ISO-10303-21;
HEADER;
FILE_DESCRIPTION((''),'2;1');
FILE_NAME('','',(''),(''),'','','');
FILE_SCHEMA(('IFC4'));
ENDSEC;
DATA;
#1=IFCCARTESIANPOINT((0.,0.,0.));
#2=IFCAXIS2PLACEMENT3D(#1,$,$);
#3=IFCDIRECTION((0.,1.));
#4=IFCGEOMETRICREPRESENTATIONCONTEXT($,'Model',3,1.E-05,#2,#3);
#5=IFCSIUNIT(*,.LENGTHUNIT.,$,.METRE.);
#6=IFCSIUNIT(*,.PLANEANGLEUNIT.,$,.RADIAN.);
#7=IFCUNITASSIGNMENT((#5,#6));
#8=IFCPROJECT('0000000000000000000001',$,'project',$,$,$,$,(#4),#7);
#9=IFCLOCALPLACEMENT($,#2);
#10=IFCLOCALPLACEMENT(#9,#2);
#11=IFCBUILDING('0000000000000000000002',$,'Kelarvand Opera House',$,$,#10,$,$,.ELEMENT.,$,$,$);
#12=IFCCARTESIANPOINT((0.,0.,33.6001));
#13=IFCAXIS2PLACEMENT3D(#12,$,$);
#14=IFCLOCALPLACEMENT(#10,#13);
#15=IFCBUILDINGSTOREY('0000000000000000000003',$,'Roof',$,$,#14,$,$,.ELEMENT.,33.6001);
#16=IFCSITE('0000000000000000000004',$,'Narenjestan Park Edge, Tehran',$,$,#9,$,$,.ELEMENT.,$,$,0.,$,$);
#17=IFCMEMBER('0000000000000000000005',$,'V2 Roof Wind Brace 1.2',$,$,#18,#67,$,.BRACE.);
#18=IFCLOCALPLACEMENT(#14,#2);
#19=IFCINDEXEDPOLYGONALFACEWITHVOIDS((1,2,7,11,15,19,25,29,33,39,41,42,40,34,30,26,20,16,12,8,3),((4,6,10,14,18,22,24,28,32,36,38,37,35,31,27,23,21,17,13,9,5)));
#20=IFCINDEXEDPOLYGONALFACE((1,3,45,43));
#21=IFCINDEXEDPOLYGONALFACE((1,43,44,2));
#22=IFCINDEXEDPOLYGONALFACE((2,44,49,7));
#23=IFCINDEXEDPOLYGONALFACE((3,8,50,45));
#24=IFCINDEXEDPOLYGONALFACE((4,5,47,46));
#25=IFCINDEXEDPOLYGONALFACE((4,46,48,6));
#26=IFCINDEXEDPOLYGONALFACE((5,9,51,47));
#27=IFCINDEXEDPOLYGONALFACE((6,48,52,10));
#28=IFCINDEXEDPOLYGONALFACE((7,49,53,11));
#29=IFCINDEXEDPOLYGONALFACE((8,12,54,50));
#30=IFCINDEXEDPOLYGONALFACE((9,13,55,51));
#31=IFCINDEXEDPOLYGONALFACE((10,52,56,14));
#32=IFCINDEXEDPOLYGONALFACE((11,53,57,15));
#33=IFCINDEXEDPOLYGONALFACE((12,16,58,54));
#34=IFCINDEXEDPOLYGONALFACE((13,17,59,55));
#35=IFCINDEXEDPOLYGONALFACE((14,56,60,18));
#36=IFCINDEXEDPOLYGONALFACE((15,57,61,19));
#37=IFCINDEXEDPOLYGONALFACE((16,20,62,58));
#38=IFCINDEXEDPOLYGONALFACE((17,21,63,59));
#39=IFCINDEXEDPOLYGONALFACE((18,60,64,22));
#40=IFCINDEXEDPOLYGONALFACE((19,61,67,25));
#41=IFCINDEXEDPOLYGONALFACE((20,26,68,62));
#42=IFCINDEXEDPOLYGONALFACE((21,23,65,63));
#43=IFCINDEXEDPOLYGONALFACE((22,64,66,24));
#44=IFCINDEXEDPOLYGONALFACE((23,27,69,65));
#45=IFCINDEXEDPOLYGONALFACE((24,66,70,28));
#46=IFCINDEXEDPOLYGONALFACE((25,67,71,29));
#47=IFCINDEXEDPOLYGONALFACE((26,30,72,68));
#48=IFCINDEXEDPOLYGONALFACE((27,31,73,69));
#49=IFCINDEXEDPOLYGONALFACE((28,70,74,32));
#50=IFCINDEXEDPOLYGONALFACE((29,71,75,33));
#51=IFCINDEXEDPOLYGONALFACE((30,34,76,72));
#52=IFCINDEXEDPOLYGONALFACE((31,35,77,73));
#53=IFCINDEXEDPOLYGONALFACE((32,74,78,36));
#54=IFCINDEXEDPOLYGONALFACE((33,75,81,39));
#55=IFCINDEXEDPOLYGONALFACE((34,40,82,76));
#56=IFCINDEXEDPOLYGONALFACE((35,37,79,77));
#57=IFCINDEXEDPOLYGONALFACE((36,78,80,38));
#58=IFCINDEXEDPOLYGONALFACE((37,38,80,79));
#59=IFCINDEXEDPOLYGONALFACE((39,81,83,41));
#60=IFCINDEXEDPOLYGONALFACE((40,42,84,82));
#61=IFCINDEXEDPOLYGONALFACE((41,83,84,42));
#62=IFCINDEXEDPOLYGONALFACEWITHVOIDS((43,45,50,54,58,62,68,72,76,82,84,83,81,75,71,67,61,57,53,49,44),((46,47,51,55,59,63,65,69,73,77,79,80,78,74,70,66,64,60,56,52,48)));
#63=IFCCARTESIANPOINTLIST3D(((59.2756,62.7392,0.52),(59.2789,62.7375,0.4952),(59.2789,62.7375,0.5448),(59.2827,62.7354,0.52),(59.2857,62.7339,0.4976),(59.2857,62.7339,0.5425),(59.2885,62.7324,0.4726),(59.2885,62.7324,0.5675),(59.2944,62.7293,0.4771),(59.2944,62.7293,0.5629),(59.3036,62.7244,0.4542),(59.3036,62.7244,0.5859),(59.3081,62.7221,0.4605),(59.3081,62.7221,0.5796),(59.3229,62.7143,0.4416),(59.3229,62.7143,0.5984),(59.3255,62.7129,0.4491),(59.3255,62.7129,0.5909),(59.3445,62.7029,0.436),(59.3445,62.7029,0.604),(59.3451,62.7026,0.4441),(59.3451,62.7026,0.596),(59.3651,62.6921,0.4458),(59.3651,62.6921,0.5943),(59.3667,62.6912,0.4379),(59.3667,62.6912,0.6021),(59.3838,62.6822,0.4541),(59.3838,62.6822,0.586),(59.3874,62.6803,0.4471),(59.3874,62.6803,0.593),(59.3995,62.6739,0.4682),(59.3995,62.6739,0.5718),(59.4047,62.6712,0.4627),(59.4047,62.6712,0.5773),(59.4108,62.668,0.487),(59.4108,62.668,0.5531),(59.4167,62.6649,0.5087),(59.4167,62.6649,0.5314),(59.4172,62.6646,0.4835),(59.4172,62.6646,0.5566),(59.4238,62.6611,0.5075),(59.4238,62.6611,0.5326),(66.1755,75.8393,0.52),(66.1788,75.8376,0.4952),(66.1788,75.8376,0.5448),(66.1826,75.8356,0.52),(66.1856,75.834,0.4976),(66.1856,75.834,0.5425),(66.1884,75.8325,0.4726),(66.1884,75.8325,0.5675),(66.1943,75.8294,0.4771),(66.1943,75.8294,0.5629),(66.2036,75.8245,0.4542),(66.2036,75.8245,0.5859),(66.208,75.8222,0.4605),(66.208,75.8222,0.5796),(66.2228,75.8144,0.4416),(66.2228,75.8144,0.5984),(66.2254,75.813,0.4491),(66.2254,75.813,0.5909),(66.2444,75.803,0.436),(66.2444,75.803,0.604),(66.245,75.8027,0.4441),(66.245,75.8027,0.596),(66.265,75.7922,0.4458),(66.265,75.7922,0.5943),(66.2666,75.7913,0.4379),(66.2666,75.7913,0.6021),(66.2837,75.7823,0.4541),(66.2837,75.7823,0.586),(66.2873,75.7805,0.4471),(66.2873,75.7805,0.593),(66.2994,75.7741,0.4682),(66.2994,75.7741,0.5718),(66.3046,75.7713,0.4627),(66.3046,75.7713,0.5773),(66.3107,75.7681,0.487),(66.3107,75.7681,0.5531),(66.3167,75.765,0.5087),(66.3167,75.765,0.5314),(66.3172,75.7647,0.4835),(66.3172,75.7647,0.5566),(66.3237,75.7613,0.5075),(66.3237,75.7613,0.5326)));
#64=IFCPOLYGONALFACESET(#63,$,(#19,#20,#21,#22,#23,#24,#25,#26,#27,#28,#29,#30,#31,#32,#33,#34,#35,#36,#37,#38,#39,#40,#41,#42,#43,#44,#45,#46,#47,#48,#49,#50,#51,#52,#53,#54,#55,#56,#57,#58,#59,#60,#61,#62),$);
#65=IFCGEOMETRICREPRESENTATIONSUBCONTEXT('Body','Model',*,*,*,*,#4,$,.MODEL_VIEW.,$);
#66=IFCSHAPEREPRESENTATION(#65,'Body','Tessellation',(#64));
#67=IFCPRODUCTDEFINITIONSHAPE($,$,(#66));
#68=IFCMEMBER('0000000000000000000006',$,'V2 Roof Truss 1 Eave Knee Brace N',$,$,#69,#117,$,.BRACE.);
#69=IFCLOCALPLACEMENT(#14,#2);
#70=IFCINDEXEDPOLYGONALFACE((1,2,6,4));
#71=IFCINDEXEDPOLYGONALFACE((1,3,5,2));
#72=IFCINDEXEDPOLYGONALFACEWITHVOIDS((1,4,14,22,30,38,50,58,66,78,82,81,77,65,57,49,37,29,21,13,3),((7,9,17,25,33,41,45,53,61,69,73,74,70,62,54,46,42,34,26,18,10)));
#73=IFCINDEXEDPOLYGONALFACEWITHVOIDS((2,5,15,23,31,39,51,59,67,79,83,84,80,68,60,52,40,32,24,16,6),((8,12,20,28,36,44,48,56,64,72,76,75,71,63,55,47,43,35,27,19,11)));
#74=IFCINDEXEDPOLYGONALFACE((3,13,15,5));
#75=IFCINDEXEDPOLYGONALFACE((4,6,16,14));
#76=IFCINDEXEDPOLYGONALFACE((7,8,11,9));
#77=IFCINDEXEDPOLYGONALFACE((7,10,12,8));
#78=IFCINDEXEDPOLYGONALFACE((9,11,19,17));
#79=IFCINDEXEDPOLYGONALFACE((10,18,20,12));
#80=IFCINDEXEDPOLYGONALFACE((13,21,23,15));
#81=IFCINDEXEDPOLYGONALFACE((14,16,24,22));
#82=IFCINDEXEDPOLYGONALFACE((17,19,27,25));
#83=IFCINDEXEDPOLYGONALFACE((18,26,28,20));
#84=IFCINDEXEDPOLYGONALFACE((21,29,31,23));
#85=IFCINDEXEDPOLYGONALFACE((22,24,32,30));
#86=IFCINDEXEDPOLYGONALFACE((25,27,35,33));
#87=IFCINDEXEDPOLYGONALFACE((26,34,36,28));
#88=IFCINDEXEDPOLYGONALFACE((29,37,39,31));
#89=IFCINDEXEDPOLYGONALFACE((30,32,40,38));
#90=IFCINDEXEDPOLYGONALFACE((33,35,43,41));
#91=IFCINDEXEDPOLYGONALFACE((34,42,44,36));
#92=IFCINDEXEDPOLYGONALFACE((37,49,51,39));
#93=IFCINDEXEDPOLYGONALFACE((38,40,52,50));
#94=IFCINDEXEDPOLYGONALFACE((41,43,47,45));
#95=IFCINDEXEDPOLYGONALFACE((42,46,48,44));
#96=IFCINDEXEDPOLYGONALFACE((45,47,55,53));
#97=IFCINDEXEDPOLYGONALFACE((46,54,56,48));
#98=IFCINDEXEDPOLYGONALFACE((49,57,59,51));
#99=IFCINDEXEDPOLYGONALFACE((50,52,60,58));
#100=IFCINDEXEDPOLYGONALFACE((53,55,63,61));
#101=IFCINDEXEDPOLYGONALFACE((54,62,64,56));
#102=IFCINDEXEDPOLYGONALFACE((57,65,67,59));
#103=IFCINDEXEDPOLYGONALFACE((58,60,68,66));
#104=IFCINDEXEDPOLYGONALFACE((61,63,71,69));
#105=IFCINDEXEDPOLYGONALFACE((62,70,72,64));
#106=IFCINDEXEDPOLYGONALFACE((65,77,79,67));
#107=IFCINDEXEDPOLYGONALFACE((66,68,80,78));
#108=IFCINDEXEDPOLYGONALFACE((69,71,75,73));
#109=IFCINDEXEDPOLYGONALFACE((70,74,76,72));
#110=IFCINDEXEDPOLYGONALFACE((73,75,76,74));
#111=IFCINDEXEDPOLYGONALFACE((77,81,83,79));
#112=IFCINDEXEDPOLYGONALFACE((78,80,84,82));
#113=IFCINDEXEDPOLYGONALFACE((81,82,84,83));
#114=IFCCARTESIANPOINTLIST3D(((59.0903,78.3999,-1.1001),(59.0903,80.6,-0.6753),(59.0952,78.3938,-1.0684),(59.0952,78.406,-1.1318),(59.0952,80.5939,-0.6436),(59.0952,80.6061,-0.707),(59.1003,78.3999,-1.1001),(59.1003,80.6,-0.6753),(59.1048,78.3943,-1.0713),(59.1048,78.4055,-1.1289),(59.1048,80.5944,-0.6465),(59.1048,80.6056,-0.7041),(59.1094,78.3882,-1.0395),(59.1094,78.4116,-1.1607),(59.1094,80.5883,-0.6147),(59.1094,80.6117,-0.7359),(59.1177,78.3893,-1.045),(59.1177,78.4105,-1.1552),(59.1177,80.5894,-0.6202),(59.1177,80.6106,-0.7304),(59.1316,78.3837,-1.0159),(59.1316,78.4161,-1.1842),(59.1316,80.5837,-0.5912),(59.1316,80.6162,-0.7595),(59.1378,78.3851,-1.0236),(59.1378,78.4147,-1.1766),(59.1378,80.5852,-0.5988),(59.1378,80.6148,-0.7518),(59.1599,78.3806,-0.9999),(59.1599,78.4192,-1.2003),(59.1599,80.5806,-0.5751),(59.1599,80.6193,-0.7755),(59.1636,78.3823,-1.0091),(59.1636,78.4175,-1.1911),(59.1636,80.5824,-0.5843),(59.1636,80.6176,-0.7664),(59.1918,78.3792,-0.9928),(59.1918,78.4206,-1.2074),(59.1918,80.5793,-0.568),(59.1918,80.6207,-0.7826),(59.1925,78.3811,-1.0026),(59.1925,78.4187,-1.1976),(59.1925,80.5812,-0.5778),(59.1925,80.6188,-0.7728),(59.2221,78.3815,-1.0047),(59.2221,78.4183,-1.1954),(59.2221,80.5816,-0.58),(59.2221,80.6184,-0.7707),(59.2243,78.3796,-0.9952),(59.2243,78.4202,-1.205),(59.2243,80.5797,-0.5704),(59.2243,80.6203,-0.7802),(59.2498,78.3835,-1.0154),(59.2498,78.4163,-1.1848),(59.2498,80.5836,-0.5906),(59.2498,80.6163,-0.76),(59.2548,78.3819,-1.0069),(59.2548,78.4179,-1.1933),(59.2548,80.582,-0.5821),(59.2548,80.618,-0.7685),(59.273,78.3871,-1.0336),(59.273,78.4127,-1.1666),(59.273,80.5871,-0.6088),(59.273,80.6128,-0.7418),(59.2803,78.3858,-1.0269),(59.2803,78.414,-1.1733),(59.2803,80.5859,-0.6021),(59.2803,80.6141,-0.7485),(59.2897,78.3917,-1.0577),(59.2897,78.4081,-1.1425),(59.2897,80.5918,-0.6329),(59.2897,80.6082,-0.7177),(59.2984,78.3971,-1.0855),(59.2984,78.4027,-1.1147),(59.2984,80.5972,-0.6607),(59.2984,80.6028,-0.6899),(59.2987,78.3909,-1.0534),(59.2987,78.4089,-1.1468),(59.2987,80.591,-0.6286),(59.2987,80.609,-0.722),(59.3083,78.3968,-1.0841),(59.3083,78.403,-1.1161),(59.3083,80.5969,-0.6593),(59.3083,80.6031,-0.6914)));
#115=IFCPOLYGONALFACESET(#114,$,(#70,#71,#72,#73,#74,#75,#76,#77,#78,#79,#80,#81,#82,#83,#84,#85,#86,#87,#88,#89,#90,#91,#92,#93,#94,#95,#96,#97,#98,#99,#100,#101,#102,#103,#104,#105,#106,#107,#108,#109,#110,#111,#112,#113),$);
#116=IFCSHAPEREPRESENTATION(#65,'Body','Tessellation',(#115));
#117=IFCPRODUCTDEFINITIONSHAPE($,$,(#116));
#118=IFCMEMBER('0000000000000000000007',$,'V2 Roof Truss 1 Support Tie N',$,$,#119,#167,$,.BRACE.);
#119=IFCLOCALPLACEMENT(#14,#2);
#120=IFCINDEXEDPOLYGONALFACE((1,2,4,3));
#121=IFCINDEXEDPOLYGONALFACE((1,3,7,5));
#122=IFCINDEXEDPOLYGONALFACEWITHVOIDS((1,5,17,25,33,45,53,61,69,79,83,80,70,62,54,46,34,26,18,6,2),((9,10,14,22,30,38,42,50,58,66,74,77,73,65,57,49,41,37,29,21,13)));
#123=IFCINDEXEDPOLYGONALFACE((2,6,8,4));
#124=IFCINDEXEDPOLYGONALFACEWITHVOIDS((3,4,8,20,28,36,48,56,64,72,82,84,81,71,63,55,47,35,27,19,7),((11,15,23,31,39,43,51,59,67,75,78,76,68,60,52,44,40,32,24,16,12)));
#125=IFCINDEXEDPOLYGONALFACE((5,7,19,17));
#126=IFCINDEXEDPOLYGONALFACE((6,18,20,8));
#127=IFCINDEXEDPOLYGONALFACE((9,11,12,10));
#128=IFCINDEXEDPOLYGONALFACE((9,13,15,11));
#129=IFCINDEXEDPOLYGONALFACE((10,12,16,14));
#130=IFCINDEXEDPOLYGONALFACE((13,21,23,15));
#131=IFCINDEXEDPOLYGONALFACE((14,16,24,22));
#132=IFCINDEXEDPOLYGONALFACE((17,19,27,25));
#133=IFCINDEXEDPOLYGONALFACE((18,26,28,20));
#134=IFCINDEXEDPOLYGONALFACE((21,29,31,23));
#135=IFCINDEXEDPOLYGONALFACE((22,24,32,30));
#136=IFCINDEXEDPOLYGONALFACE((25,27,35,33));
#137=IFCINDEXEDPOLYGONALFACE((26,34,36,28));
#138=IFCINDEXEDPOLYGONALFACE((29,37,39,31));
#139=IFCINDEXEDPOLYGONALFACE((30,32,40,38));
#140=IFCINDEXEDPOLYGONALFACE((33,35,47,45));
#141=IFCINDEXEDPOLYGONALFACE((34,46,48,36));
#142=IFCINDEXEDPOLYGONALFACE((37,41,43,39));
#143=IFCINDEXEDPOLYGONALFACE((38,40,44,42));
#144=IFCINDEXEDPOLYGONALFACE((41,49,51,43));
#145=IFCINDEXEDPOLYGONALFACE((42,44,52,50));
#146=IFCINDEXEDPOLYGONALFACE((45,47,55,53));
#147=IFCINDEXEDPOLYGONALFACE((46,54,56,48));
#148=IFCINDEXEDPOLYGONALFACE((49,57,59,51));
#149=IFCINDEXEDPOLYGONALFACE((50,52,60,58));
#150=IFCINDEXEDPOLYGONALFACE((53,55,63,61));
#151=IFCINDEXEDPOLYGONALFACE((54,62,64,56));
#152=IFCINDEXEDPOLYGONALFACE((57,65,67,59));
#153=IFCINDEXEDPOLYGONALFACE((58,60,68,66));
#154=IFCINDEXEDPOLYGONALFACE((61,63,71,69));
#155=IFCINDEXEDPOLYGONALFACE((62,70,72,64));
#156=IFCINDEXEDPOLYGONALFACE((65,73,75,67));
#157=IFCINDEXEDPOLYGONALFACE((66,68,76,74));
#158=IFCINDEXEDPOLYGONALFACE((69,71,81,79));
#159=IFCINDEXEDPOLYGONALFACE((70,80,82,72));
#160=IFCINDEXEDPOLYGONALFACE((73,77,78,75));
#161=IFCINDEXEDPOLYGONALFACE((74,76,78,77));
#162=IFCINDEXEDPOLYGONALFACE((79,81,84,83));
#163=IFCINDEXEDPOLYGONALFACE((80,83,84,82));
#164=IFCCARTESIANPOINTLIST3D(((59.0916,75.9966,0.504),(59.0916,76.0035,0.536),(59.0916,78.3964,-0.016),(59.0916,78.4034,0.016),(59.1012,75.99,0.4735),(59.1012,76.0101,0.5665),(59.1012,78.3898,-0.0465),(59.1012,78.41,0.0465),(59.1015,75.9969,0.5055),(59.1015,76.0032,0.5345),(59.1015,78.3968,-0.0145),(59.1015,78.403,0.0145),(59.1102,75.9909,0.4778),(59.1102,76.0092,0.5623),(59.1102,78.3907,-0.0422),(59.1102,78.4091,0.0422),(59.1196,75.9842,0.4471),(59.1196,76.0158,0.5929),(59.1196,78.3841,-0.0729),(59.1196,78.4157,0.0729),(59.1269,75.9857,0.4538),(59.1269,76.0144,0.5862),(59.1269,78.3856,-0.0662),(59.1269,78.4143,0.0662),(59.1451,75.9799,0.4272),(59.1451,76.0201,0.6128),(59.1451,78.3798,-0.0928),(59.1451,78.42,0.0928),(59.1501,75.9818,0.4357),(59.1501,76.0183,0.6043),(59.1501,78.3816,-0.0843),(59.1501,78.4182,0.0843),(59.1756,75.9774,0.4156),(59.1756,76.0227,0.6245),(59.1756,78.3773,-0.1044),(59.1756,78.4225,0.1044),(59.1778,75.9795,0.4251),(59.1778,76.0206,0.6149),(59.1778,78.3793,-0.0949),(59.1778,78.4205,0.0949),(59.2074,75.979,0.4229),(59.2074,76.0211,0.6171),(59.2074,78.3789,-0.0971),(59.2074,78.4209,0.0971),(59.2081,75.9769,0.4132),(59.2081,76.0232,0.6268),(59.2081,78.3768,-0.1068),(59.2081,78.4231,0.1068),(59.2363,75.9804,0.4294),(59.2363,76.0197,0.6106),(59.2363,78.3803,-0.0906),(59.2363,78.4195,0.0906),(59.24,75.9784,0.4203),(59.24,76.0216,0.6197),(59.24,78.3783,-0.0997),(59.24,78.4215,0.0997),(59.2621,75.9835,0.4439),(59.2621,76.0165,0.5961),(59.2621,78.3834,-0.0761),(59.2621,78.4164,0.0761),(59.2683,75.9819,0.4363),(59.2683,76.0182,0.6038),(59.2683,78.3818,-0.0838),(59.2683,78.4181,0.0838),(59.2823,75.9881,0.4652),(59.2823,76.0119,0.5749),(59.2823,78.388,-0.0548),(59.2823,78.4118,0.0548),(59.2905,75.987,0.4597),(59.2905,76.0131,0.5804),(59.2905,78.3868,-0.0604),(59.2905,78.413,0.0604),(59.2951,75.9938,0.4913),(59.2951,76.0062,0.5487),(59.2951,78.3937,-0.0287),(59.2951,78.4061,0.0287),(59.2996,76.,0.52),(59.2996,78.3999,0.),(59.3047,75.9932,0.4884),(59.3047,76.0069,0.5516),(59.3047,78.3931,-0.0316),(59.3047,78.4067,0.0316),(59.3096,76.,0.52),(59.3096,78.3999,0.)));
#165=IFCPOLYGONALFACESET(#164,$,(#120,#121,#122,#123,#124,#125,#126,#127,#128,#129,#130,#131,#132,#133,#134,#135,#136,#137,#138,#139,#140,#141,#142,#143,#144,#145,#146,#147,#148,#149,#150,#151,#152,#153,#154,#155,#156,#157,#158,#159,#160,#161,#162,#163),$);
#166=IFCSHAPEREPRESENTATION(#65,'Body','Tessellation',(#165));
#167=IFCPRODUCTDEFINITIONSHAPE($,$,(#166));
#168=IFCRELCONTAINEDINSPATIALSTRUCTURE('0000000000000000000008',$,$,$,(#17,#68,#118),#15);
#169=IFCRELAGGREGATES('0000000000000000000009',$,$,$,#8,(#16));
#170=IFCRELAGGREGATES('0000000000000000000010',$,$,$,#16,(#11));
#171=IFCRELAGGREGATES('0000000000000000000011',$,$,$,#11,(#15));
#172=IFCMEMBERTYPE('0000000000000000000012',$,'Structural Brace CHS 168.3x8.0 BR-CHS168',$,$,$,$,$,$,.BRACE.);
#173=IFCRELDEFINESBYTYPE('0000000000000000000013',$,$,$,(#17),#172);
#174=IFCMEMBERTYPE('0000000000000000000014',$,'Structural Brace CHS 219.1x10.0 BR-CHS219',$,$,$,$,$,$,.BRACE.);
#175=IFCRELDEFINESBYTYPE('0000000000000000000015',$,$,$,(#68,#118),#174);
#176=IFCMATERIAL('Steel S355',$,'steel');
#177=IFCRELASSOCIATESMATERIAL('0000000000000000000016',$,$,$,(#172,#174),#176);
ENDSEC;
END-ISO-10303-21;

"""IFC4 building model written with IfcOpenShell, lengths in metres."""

from ifc_helpers import new_model, si_unit, direction, frame, origin, origin_2d, place, context, subcontext, project, spatial, hollow_circle, extrude, material, material_profile, profile_set, type_object, element, save


model = new_model("IFC4")

# Units and contexts
model_context = context("Model", 3, precision=1e-05, world=origin(), true_north=direction((0.0, 1.0)))
body_context = subcontext(model_context, "Body", "Model", "MODEL_VIEW")
ifc_project = project(units=[si_unit("LENGTHUNIT", "METRE"), si_unit("PLANEANGLEUNIT", "RADIAN")], contexts=[model_context])

# Site, building, storey
site_placement = place(None, origin())
site = spatial("IfcSite", under=ifc_project, at=site_placement, Name="Narenjestan Park Edge, Tehran", CompositionType="ELEMENT", RefElevation=0.0)
building_placement = place(site_placement, origin())
building = spatial("IfcBuilding", under=site, at=building_placement, Name="Kelarvand Opera House", CompositionType="ELEMENT")
storey_placement = place(building_placement, frame((0.0, 0.0, 33.6001)))
storey = spatial("IfcBuildingStorey", under=building, at=storey_placement, Name="Roof", CompositionType="ELEMENT", Elevation=33.6001)

# Members
ifc_material = material(Name="Steel S355", Category="steel")
ifc_material_profile_1 = material_profile(ifc_material, hollow_circle(Radius=0.0842, WallThickness=0.0081, at=origin_2d()), Name="CHS 168.3x8.0", Category="steel")
ifc_profile_set_1 = profile_set([ifc_material_profile_1], Name="Steel S355")
member_type_1 = type_object("IfcMemberType", Name="Structural Brace CHS 168.3x8.0 BR-CHS168", PredefinedType="BRACE", material=ifc_profile_set_1)
member_1_placement = place(storey_placement, frame((59.3501, 62.7, 0.52), z_axis=(0.466017, 0.884776, 0.0), x_axis=(-0.884776, 0.466017, 0.0)))
element("IfcMember", 1, at=member_1_placement, inside=storey, type_object=member_type_1, Name="V2 Roof Wind Brace 1.2", PredefinedType="BRACE", context=body_context, shape_type="SweptSolid", body=[
    extrude(hollow_circle(Radius=0.0842, WallThickness=0.0081, at=origin_2d()), origin(), (0.0, 0.0, 1.0), 14.8062),
])
ifc_material_profile_2 = material_profile(ifc_material, hollow_circle(Radius=0.1096, WallThickness=0.01, at=origin_2d()), Name="CHS 219.1x10.0", Category="steel")
ifc_profile_set_2 = profile_set([ifc_material_profile_2], Name="Steel S355")
member_type_2 = type_object("IfcMemberType", Name="Structural Brace CHS 219.1x10.0 BR-CHS219", PredefinedType="BRACE", material=ifc_profile_set_2)
member_2_placement = place(storey_placement, frame((59.2, 78.3999, -1.1001), z_axis=(0.0, 0.981866, 0.189575), x_axis=(-1.0, 0.0, 0.0)))
element("IfcMember", 2, at=member_2_placement, inside=storey, type_object=member_type_2, Name="V2 Roof Truss 1 Eave Knee Brace N", PredefinedType="BRACE", context=body_context, shape_type="SweptSolid", body=[
    extrude(hollow_circle(Radius=0.1096, WallThickness=0.01, at=origin_2d()), origin(), (0.0, 0.0, 1.0), 2.2407),
])
member_3_placement = place(storey_placement, frame((59.2, 78.3999, 0.0), z_axis=(0.0, -0.97732, 0.211769), x_axis=(1.0, 0.0, 0.0)))
element("IfcMember", 3, at=member_3_placement, inside=storey, type_object=member_type_2, Name="V2 Roof Truss 1 Support Tie N", PredefinedType="BRACE", context=body_context, shape_type="SweptSolid", body=[
    extrude(hollow_circle(Radius=0.1096, WallThickness=0.01, at=origin_2d()), origin(), (0.0, 0.0, 1.0), 2.4556),
])

save(model, "model.ifc")
